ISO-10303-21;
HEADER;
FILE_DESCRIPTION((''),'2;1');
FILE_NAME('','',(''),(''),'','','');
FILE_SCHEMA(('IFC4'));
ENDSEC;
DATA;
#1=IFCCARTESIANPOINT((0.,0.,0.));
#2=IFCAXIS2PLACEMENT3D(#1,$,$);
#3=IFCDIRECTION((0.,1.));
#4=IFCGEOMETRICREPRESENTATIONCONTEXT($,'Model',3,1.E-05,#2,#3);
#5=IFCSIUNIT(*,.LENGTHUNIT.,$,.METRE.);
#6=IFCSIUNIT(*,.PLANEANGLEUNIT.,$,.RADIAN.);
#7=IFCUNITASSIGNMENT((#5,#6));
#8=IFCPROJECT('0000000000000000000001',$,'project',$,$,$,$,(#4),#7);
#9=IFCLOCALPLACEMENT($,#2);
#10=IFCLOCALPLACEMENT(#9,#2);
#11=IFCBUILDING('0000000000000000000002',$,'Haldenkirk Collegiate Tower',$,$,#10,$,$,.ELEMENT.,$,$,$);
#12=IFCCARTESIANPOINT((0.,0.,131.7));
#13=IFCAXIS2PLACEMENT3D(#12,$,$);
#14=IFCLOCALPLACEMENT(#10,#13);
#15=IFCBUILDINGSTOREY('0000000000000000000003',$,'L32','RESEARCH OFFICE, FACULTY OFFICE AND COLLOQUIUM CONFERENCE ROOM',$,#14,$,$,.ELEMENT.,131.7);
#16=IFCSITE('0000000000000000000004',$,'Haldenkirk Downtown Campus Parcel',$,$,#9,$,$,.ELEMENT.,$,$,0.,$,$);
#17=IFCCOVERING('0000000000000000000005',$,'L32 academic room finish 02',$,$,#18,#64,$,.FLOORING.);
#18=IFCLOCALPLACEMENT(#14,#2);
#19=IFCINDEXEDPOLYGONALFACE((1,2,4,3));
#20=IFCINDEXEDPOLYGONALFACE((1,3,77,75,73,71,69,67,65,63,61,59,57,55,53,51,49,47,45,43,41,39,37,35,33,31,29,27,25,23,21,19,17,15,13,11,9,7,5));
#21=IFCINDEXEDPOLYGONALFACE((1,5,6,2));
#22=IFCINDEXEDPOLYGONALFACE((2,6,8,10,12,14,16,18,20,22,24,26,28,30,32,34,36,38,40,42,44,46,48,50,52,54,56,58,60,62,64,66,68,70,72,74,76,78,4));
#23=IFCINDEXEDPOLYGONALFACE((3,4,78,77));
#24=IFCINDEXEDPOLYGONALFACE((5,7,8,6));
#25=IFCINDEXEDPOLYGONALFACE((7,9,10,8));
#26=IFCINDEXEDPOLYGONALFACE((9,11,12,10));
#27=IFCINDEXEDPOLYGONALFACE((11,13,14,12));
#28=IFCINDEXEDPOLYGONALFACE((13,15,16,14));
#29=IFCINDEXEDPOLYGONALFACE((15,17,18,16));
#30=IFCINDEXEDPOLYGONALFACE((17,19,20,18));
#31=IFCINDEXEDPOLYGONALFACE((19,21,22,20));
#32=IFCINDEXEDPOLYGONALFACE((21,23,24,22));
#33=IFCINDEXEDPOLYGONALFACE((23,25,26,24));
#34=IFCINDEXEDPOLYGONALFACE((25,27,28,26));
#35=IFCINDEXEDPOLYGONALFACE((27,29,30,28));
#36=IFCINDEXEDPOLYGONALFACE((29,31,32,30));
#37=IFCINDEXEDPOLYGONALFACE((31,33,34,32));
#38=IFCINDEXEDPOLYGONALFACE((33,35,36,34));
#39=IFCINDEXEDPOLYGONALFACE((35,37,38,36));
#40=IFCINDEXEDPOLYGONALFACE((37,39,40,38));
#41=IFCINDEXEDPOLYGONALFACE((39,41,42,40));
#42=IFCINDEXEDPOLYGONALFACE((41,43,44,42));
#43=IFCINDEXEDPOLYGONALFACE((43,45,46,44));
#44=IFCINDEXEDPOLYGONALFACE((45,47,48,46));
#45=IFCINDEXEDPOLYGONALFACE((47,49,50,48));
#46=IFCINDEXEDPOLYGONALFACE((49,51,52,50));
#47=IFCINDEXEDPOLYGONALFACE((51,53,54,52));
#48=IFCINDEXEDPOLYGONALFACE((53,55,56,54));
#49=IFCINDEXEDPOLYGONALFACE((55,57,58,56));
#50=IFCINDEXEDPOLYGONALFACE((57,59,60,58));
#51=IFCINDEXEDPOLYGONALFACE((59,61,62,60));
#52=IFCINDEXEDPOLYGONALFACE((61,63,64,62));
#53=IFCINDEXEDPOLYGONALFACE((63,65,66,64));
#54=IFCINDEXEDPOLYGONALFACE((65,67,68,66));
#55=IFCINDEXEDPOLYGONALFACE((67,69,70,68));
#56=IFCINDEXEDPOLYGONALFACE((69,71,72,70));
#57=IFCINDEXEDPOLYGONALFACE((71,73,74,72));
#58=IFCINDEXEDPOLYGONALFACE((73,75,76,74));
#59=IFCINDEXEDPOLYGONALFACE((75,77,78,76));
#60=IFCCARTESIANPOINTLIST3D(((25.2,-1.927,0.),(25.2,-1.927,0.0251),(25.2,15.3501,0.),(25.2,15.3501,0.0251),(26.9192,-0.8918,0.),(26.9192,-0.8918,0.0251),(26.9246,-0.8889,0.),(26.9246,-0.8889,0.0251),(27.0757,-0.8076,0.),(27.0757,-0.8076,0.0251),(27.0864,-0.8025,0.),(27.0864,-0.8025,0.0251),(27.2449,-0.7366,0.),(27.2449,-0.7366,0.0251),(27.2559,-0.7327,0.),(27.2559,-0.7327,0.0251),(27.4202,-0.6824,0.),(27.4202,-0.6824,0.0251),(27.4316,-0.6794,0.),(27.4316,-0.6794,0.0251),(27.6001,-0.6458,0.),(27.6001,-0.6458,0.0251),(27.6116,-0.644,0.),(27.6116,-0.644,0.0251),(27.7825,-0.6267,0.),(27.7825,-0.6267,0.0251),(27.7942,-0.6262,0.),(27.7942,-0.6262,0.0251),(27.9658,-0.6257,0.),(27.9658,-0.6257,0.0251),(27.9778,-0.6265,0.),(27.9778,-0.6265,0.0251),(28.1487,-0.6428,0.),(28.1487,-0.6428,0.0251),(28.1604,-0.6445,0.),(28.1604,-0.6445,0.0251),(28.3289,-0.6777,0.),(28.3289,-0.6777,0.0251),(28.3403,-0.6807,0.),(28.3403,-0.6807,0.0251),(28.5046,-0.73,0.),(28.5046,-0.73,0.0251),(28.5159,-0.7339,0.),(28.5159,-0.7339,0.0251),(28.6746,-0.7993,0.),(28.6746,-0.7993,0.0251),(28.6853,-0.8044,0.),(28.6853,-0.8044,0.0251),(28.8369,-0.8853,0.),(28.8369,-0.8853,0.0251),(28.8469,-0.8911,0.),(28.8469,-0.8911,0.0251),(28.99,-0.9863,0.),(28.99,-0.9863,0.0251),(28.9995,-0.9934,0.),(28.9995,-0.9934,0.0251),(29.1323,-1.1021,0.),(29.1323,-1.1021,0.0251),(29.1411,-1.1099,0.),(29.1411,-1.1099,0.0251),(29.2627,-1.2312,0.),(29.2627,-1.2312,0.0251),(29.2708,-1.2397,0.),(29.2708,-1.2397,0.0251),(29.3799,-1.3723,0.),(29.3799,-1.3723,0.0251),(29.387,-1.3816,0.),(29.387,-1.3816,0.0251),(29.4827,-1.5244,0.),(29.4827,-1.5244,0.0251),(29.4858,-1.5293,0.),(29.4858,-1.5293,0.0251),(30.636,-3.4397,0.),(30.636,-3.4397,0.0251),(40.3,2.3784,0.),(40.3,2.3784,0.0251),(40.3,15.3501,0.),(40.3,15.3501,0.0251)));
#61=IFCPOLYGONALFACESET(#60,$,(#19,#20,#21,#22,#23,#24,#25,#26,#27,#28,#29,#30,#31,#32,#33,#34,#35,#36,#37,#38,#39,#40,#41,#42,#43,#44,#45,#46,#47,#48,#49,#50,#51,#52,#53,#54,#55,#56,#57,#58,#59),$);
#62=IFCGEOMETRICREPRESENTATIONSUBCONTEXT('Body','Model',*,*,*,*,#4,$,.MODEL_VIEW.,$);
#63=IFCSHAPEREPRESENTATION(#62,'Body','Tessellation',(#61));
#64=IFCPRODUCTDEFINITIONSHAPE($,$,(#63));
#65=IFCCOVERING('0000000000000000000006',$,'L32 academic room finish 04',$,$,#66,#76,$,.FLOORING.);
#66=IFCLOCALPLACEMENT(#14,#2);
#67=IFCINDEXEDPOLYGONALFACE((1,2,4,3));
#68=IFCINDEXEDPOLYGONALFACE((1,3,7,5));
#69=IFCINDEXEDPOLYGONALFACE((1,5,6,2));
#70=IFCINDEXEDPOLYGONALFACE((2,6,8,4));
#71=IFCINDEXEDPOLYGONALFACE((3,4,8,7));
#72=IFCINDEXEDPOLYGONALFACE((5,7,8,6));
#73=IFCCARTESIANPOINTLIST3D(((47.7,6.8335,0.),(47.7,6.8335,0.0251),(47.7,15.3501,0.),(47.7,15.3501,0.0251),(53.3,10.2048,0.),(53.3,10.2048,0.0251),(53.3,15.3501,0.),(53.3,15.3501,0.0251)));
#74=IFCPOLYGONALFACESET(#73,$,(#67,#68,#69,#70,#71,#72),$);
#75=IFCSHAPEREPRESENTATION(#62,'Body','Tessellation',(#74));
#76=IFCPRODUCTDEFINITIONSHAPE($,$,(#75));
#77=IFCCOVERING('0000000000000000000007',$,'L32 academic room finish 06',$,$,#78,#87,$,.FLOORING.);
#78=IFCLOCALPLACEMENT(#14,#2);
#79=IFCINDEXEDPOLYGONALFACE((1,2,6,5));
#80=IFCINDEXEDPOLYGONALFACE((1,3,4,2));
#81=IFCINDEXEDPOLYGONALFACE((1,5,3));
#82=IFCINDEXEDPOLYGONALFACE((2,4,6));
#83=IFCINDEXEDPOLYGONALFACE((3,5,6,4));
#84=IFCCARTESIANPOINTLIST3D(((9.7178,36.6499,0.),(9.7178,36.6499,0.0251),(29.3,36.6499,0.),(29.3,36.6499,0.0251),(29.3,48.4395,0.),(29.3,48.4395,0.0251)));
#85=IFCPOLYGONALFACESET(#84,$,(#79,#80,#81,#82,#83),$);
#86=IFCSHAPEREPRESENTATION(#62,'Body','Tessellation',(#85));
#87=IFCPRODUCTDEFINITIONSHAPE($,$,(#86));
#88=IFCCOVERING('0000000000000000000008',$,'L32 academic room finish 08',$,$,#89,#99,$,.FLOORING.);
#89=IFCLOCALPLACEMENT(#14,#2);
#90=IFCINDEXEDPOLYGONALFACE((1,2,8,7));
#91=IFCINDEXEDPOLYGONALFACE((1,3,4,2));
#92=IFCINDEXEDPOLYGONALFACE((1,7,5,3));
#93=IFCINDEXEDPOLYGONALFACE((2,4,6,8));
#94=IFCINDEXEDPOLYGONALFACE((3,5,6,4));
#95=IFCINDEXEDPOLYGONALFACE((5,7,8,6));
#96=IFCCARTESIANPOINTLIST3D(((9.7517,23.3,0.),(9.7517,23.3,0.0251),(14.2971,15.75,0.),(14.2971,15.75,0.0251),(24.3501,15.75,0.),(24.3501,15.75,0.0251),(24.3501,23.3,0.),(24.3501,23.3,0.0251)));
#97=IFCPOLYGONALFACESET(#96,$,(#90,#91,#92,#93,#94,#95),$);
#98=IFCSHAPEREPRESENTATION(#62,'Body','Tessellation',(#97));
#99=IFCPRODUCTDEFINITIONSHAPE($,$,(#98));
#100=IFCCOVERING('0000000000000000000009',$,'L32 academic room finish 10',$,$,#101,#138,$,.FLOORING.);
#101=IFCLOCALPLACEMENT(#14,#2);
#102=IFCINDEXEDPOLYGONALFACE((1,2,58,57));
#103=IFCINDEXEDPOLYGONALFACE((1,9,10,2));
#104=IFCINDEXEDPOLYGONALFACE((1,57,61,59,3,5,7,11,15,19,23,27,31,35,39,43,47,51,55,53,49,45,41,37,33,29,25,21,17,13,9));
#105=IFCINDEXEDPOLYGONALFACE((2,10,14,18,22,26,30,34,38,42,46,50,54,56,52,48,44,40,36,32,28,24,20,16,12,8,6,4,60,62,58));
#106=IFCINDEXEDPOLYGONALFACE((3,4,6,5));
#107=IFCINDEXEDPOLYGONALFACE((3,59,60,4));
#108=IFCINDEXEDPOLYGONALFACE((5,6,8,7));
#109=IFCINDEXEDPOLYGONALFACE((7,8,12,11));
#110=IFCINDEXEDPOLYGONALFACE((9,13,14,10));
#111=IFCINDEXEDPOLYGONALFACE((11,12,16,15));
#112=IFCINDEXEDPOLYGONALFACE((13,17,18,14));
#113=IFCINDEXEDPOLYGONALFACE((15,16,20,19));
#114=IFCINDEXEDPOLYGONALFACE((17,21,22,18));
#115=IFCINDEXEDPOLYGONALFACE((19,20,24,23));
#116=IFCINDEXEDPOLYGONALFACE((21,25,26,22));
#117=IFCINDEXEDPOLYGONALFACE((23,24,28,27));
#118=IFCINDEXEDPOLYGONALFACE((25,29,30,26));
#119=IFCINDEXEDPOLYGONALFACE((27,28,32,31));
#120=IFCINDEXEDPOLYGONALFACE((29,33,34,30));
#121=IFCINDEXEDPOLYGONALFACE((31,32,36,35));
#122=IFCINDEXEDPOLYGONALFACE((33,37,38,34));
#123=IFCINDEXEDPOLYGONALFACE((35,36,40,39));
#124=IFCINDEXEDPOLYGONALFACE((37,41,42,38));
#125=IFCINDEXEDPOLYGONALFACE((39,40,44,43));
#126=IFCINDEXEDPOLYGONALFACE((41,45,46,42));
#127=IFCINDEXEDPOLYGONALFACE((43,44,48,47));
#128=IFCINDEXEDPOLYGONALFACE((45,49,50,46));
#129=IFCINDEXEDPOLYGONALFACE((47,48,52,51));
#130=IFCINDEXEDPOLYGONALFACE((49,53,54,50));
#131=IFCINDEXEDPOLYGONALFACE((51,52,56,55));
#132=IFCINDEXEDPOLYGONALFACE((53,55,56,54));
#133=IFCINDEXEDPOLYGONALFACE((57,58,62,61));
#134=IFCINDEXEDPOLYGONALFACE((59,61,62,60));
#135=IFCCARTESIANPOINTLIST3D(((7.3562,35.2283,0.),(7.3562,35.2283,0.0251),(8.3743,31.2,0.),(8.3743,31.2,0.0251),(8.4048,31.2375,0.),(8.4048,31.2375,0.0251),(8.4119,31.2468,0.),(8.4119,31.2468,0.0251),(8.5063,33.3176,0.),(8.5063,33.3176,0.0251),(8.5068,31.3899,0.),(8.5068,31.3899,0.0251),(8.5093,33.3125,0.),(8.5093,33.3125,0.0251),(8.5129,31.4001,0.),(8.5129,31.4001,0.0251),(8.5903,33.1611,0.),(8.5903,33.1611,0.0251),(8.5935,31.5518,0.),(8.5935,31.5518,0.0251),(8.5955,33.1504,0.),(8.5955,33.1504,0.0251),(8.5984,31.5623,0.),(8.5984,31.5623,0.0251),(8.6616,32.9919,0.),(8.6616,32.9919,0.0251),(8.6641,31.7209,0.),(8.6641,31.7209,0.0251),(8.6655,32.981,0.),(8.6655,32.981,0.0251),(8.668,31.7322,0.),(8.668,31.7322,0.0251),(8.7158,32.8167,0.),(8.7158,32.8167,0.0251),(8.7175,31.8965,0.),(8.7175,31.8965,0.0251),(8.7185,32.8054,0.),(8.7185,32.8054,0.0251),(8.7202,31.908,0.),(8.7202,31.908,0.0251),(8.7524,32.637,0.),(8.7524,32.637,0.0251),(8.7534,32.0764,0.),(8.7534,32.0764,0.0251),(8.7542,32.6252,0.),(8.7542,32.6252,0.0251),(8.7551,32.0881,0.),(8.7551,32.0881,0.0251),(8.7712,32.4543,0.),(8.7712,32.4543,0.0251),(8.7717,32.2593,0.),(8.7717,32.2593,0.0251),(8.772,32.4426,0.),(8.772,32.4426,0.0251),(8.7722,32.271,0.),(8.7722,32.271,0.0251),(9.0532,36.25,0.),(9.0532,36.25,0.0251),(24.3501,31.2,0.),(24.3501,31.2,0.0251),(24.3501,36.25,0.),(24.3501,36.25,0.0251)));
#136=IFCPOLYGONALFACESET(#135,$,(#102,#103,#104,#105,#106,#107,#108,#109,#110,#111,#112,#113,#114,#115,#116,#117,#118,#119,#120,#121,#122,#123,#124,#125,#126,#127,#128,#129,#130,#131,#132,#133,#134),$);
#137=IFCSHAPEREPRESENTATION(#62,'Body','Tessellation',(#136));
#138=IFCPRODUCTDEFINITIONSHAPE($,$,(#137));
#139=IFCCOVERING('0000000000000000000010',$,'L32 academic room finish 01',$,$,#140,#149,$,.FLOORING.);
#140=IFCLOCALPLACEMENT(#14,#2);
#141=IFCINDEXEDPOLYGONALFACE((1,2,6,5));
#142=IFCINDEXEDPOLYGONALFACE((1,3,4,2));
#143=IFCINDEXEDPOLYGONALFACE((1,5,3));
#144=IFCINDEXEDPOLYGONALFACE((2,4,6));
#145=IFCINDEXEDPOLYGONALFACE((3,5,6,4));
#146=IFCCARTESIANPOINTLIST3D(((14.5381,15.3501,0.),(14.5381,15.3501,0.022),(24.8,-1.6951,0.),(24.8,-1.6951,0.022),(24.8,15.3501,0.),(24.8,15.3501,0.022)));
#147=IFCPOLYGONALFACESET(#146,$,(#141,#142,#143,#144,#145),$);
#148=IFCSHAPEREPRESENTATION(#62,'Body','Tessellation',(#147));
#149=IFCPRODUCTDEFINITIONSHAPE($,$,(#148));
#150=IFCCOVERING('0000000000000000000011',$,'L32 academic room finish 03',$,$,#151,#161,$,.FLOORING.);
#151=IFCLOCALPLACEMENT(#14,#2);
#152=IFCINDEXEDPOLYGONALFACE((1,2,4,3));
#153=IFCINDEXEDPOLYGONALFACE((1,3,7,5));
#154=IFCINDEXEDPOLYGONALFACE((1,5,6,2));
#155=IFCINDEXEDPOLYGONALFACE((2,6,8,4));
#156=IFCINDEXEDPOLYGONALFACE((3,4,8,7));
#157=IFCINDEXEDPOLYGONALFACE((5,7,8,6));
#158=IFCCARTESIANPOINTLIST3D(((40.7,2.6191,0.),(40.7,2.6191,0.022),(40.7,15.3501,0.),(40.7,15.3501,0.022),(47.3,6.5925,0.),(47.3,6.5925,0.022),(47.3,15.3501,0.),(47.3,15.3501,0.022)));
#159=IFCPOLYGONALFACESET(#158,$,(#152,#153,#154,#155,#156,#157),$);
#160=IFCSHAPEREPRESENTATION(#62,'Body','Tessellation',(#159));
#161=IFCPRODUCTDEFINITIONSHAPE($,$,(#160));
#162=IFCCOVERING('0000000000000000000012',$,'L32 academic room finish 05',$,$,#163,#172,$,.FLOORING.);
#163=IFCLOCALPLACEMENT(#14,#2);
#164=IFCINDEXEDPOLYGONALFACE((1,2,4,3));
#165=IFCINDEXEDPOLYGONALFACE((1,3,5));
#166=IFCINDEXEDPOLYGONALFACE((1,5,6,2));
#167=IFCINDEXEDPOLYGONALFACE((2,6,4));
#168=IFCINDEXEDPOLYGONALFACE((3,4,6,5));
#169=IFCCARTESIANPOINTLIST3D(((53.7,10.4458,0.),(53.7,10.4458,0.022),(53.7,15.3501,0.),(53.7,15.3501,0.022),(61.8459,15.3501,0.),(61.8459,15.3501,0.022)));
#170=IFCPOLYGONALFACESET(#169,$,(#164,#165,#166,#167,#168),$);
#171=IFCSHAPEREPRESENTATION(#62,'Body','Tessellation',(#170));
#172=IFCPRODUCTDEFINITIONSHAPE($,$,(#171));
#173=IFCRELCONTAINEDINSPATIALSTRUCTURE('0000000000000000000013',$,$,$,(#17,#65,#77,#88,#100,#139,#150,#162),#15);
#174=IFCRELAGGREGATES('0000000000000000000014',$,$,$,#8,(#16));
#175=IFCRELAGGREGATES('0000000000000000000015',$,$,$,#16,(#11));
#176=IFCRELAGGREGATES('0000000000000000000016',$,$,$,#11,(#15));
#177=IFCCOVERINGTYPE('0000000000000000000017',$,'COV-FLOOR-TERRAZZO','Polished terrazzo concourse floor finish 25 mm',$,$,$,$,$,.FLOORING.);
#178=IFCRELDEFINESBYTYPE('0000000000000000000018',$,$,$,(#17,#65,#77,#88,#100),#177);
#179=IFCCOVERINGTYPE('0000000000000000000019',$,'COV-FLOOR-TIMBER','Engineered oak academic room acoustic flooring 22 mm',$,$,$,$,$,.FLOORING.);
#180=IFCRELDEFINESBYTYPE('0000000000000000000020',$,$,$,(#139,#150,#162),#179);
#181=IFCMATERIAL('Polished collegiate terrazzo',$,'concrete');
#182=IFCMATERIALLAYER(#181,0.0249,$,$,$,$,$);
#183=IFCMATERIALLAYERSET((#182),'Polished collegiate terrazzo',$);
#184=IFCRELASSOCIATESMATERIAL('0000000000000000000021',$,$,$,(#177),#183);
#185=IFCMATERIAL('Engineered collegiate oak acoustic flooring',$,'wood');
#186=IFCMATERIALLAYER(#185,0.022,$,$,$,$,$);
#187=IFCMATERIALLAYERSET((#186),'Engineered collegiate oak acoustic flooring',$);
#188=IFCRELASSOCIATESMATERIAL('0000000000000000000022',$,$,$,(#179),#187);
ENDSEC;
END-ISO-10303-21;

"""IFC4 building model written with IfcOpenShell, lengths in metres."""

from ifc_helpers import new_model, si_unit, direction, frame, origin, place, context, subcontext, project, spatial, polyline, outline, extrude, material, layer, layer_set, type_object, element, save


model = new_model("IFC4")

# Units and contexts
model_context = context("Model", 3, precision=1e-05, world=origin(), true_north=direction((0.0, 1.0)))
body_context = subcontext(model_context, "Body", "Model", "MODEL_VIEW")
ifc_project = project(units=[si_unit("LENGTHUNIT", "METRE"), si_unit("PLANEANGLEUNIT", "RADIAN")], contexts=[model_context])

# Site, building, storey
site_placement = place(None, origin())
site = spatial("IfcSite", under=ifc_project, at=site_placement, Name="Haldenkirk Downtown Campus Parcel", CompositionType="ELEMENT", RefElevation=0.0)
building_placement = place(site_placement, origin())
building = spatial("IfcBuilding", under=site, at=building_placement, Name="Haldenkirk Collegiate Tower", CompositionType="ELEMENT")
storey_placement = place(building_placement, frame((0.0, 0.0, 131.7)))
storey = spatial("IfcBuildingStorey", under=building, at=storey_placement, Name="L32", Description="RESEARCH OFFICE, FACULTY OFFICE AND COLLOQUIUM CONFERENCE ROOM", CompositionType="ELEMENT", Elevation=131.7)

# Coverings
ifc_material_1 = material(Name="Polished collegiate terrazzo", Category="concrete")
ifc_layer_1 = layer(ifc_material_1, 0.0249)
ifc_layer_set_1 = layer_set([ifc_layer_1], Name="Polished collegiate terrazzo")
covering_type_1 = type_object("IfcCoveringType", Name="COV-FLOOR-TERRAZZO", Description="Polished terrazzo concourse floor finish 25 mm", PredefinedType="FLOORING", material=ifc_layer_set_1)
covering_1_placement = place(storey_placement, origin())
element("IfcCovering", 1, at=covering_1_placement, inside=storey, type_object=covering_type_1, Name="L32 academic room finish 02", PredefinedType="FLOORING", context=body_context, shape_type="SweptSolid", body=[
    extrude(outline(polyline([(28.9995, -0.9934), (28.99, -0.9863), (28.8469, -0.8911), (28.8369, -0.8853), (28.6853, -0.8044), (28.6746, -0.7993), (28.5159, -0.7339), (28.5046, -0.73), (28.3403, -0.6807), (28.3289, -0.6777), (28.1604, -0.6445), (28.1487, -0.6428), (27.9778, -0.6265), (27.9658, -0.6257), (27.7942, -0.6262), (27.7825, -0.6267), (27.6116, -0.644), (27.6001, -0.6458), (27.4316, -0.6794), (27.4202, -0.6824), (27.2559, -0.7327), (27.2449, -0.7366), (27.0864, -0.8025), (27.0757, -0.8076), (26.9246, -0.8889), (26.9192, -0.8918), (25.2, -1.927), (25.2, 15.3501), (40.3, 15.3501), (40.3, 2.3784), (30.636, -3.4397), (29.4858, -1.5293), (29.4827, -1.5244), (29.387, -1.3816), (29.3799, -1.3723), (29.2708, -1.2397), (29.2627, -1.2312), (29.1411, -1.1099), (29.1323, -1.1021), (28.9995, -0.9934)])), origin(), (0.0, 0.0, 1.0), 0.0251),
])
covering_2_placement = place(storey_placement, origin())
element("IfcCovering", 2, at=covering_2_placement, inside=storey, type_object=covering_type_1, Name="L32 academic room finish 04", PredefinedType="FLOORING", context=body_context, shape_type="SweptSolid", body=[
    extrude(outline(polyline([(47.7, 6.8335), (47.7, 15.3501), (53.3, 15.3501), (53.3, 10.2048), (47.7, 6.8335)])), origin(), (0.0, 0.0, 1.0), 0.0251),
])
covering_3_placement = place(storey_placement, origin())
element("IfcCovering", 3, at=covering_3_placement, inside=storey, type_object=covering_type_1, Name="L32 academic room finish 06", PredefinedType="FLOORING", context=body_context, shape_type="SweptSolid", body=[
    extrude(outline(polyline([(29.3, 48.4395), (29.3, 36.6499), (9.7178, 36.6499), (29.3, 48.4395)])), origin(), (0.0, 0.0, 1.0), 0.0251),
])
covering_4_placement = place(storey_placement, origin())
element("IfcCovering", 4, at=covering_4_placement, inside=storey, type_object=covering_type_1, Name="L32 academic room finish 08", PredefinedType="FLOORING", context=body_context, shape_type="SweptSolid", body=[
    extrude(outline(polyline([(9.7517, 23.3), (24.3501, 23.3), (24.3501, 15.75), (14.2971, 15.75), (9.7517, 23.3)])), origin(), (0.0, 0.0, 1.0), 0.0251),
])
covering_5_placement = place(storey_placement, origin())
element("IfcCovering", 5, at=covering_5_placement, inside=storey, type_object=covering_type_1, Name="L32 academic room finish 10", PredefinedType="FLOORING", context=body_context, shape_type="SweptSolid", body=[
    extrude(outline(polyline([(8.3743, 31.2), (8.4048, 31.2375), (8.4119, 31.2468), (8.5068, 31.3899), (8.5129, 31.4001), (8.5935, 31.5518), (8.5984, 31.5623), (8.6641, 31.7209), (8.668, 31.7322), (8.7175, 31.8965), (8.7202, 31.908), (8.7534, 32.0764), (8.7551, 32.0881), (8.7717, 32.2593), (8.7722, 32.271), (8.772, 32.4426), (8.7712, 32.4543), (8.7542, 32.6252), (8.7524, 32.637), (8.7185, 32.8054), (8.7158, 32.8167), (8.6655, 32.981), (8.6616, 32.9919), (8.5955, 33.1504), (8.5903, 33.1611), (8.5093, 33.3125), (8.5063, 33.3176), (7.3562, 35.2283), (9.0532, 36.25), (24.3501, 36.25), (24.3501, 31.2), (8.3743, 31.2)])), origin(), (0.0, 0.0, 1.0), 0.0251),
])
ifc_material_2 = material(Name="Engineered collegiate oak acoustic flooring", Category="wood")
ifc_layer_2 = layer(ifc_material_2, 0.022)
ifc_layer_set_2 = layer_set([ifc_layer_2], Name="Engineered collegiate oak acoustic flooring")
covering_type_2 = type_object("IfcCoveringType", Name="COV-FLOOR-TIMBER", Description="Engineered oak academic room acoustic flooring 22 mm", PredefinedType="FLOORING", material=ifc_layer_set_2)
covering_6_placement = place(storey_placement, origin())
element("IfcCovering", 6, at=covering_6_placement, inside=storey, type_object=covering_type_2, Name="L32 academic room finish 01", PredefinedType="FLOORING", context=body_context, shape_type="SweptSolid", body=[
    extrude(outline(polyline([(14.5381, 15.3501), (24.8, 15.3501), (24.8, -1.6951), (14.5381, 15.3501)])), origin(), (0.0, 0.0, 1.0), 0.022),
])
covering_7_placement = place(storey_placement, origin())
element("IfcCovering", 7, at=covering_7_placement, inside=storey, type_object=covering_type_2, Name="L32 academic room finish 03", PredefinedType="FLOORING", context=body_context, shape_type="SweptSolid", body=[
    extrude(outline(polyline([(40.7, 2.6191), (40.7, 15.3501), (47.3, 15.3501), (47.3, 6.5925), (40.7, 2.6191)])), origin(), (0.0, 0.0, 1.0), 0.022),
])
covering_8_placement = place(storey_placement, origin())
element("IfcCovering", 8, at=covering_8_placement, inside=storey, type_object=covering_type_2, Name="L32 academic room finish 05", PredefinedType="FLOORING", context=body_context, shape_type="SweptSolid", body=[
    extrude(outline(polyline([(53.7, 10.4458), (53.7, 15.3501), (61.8459, 15.3501), (53.7, 10.4458)])), origin(), (0.0, 0.0, 1.0), 0.022),
])

save(model, "model.ifc")
